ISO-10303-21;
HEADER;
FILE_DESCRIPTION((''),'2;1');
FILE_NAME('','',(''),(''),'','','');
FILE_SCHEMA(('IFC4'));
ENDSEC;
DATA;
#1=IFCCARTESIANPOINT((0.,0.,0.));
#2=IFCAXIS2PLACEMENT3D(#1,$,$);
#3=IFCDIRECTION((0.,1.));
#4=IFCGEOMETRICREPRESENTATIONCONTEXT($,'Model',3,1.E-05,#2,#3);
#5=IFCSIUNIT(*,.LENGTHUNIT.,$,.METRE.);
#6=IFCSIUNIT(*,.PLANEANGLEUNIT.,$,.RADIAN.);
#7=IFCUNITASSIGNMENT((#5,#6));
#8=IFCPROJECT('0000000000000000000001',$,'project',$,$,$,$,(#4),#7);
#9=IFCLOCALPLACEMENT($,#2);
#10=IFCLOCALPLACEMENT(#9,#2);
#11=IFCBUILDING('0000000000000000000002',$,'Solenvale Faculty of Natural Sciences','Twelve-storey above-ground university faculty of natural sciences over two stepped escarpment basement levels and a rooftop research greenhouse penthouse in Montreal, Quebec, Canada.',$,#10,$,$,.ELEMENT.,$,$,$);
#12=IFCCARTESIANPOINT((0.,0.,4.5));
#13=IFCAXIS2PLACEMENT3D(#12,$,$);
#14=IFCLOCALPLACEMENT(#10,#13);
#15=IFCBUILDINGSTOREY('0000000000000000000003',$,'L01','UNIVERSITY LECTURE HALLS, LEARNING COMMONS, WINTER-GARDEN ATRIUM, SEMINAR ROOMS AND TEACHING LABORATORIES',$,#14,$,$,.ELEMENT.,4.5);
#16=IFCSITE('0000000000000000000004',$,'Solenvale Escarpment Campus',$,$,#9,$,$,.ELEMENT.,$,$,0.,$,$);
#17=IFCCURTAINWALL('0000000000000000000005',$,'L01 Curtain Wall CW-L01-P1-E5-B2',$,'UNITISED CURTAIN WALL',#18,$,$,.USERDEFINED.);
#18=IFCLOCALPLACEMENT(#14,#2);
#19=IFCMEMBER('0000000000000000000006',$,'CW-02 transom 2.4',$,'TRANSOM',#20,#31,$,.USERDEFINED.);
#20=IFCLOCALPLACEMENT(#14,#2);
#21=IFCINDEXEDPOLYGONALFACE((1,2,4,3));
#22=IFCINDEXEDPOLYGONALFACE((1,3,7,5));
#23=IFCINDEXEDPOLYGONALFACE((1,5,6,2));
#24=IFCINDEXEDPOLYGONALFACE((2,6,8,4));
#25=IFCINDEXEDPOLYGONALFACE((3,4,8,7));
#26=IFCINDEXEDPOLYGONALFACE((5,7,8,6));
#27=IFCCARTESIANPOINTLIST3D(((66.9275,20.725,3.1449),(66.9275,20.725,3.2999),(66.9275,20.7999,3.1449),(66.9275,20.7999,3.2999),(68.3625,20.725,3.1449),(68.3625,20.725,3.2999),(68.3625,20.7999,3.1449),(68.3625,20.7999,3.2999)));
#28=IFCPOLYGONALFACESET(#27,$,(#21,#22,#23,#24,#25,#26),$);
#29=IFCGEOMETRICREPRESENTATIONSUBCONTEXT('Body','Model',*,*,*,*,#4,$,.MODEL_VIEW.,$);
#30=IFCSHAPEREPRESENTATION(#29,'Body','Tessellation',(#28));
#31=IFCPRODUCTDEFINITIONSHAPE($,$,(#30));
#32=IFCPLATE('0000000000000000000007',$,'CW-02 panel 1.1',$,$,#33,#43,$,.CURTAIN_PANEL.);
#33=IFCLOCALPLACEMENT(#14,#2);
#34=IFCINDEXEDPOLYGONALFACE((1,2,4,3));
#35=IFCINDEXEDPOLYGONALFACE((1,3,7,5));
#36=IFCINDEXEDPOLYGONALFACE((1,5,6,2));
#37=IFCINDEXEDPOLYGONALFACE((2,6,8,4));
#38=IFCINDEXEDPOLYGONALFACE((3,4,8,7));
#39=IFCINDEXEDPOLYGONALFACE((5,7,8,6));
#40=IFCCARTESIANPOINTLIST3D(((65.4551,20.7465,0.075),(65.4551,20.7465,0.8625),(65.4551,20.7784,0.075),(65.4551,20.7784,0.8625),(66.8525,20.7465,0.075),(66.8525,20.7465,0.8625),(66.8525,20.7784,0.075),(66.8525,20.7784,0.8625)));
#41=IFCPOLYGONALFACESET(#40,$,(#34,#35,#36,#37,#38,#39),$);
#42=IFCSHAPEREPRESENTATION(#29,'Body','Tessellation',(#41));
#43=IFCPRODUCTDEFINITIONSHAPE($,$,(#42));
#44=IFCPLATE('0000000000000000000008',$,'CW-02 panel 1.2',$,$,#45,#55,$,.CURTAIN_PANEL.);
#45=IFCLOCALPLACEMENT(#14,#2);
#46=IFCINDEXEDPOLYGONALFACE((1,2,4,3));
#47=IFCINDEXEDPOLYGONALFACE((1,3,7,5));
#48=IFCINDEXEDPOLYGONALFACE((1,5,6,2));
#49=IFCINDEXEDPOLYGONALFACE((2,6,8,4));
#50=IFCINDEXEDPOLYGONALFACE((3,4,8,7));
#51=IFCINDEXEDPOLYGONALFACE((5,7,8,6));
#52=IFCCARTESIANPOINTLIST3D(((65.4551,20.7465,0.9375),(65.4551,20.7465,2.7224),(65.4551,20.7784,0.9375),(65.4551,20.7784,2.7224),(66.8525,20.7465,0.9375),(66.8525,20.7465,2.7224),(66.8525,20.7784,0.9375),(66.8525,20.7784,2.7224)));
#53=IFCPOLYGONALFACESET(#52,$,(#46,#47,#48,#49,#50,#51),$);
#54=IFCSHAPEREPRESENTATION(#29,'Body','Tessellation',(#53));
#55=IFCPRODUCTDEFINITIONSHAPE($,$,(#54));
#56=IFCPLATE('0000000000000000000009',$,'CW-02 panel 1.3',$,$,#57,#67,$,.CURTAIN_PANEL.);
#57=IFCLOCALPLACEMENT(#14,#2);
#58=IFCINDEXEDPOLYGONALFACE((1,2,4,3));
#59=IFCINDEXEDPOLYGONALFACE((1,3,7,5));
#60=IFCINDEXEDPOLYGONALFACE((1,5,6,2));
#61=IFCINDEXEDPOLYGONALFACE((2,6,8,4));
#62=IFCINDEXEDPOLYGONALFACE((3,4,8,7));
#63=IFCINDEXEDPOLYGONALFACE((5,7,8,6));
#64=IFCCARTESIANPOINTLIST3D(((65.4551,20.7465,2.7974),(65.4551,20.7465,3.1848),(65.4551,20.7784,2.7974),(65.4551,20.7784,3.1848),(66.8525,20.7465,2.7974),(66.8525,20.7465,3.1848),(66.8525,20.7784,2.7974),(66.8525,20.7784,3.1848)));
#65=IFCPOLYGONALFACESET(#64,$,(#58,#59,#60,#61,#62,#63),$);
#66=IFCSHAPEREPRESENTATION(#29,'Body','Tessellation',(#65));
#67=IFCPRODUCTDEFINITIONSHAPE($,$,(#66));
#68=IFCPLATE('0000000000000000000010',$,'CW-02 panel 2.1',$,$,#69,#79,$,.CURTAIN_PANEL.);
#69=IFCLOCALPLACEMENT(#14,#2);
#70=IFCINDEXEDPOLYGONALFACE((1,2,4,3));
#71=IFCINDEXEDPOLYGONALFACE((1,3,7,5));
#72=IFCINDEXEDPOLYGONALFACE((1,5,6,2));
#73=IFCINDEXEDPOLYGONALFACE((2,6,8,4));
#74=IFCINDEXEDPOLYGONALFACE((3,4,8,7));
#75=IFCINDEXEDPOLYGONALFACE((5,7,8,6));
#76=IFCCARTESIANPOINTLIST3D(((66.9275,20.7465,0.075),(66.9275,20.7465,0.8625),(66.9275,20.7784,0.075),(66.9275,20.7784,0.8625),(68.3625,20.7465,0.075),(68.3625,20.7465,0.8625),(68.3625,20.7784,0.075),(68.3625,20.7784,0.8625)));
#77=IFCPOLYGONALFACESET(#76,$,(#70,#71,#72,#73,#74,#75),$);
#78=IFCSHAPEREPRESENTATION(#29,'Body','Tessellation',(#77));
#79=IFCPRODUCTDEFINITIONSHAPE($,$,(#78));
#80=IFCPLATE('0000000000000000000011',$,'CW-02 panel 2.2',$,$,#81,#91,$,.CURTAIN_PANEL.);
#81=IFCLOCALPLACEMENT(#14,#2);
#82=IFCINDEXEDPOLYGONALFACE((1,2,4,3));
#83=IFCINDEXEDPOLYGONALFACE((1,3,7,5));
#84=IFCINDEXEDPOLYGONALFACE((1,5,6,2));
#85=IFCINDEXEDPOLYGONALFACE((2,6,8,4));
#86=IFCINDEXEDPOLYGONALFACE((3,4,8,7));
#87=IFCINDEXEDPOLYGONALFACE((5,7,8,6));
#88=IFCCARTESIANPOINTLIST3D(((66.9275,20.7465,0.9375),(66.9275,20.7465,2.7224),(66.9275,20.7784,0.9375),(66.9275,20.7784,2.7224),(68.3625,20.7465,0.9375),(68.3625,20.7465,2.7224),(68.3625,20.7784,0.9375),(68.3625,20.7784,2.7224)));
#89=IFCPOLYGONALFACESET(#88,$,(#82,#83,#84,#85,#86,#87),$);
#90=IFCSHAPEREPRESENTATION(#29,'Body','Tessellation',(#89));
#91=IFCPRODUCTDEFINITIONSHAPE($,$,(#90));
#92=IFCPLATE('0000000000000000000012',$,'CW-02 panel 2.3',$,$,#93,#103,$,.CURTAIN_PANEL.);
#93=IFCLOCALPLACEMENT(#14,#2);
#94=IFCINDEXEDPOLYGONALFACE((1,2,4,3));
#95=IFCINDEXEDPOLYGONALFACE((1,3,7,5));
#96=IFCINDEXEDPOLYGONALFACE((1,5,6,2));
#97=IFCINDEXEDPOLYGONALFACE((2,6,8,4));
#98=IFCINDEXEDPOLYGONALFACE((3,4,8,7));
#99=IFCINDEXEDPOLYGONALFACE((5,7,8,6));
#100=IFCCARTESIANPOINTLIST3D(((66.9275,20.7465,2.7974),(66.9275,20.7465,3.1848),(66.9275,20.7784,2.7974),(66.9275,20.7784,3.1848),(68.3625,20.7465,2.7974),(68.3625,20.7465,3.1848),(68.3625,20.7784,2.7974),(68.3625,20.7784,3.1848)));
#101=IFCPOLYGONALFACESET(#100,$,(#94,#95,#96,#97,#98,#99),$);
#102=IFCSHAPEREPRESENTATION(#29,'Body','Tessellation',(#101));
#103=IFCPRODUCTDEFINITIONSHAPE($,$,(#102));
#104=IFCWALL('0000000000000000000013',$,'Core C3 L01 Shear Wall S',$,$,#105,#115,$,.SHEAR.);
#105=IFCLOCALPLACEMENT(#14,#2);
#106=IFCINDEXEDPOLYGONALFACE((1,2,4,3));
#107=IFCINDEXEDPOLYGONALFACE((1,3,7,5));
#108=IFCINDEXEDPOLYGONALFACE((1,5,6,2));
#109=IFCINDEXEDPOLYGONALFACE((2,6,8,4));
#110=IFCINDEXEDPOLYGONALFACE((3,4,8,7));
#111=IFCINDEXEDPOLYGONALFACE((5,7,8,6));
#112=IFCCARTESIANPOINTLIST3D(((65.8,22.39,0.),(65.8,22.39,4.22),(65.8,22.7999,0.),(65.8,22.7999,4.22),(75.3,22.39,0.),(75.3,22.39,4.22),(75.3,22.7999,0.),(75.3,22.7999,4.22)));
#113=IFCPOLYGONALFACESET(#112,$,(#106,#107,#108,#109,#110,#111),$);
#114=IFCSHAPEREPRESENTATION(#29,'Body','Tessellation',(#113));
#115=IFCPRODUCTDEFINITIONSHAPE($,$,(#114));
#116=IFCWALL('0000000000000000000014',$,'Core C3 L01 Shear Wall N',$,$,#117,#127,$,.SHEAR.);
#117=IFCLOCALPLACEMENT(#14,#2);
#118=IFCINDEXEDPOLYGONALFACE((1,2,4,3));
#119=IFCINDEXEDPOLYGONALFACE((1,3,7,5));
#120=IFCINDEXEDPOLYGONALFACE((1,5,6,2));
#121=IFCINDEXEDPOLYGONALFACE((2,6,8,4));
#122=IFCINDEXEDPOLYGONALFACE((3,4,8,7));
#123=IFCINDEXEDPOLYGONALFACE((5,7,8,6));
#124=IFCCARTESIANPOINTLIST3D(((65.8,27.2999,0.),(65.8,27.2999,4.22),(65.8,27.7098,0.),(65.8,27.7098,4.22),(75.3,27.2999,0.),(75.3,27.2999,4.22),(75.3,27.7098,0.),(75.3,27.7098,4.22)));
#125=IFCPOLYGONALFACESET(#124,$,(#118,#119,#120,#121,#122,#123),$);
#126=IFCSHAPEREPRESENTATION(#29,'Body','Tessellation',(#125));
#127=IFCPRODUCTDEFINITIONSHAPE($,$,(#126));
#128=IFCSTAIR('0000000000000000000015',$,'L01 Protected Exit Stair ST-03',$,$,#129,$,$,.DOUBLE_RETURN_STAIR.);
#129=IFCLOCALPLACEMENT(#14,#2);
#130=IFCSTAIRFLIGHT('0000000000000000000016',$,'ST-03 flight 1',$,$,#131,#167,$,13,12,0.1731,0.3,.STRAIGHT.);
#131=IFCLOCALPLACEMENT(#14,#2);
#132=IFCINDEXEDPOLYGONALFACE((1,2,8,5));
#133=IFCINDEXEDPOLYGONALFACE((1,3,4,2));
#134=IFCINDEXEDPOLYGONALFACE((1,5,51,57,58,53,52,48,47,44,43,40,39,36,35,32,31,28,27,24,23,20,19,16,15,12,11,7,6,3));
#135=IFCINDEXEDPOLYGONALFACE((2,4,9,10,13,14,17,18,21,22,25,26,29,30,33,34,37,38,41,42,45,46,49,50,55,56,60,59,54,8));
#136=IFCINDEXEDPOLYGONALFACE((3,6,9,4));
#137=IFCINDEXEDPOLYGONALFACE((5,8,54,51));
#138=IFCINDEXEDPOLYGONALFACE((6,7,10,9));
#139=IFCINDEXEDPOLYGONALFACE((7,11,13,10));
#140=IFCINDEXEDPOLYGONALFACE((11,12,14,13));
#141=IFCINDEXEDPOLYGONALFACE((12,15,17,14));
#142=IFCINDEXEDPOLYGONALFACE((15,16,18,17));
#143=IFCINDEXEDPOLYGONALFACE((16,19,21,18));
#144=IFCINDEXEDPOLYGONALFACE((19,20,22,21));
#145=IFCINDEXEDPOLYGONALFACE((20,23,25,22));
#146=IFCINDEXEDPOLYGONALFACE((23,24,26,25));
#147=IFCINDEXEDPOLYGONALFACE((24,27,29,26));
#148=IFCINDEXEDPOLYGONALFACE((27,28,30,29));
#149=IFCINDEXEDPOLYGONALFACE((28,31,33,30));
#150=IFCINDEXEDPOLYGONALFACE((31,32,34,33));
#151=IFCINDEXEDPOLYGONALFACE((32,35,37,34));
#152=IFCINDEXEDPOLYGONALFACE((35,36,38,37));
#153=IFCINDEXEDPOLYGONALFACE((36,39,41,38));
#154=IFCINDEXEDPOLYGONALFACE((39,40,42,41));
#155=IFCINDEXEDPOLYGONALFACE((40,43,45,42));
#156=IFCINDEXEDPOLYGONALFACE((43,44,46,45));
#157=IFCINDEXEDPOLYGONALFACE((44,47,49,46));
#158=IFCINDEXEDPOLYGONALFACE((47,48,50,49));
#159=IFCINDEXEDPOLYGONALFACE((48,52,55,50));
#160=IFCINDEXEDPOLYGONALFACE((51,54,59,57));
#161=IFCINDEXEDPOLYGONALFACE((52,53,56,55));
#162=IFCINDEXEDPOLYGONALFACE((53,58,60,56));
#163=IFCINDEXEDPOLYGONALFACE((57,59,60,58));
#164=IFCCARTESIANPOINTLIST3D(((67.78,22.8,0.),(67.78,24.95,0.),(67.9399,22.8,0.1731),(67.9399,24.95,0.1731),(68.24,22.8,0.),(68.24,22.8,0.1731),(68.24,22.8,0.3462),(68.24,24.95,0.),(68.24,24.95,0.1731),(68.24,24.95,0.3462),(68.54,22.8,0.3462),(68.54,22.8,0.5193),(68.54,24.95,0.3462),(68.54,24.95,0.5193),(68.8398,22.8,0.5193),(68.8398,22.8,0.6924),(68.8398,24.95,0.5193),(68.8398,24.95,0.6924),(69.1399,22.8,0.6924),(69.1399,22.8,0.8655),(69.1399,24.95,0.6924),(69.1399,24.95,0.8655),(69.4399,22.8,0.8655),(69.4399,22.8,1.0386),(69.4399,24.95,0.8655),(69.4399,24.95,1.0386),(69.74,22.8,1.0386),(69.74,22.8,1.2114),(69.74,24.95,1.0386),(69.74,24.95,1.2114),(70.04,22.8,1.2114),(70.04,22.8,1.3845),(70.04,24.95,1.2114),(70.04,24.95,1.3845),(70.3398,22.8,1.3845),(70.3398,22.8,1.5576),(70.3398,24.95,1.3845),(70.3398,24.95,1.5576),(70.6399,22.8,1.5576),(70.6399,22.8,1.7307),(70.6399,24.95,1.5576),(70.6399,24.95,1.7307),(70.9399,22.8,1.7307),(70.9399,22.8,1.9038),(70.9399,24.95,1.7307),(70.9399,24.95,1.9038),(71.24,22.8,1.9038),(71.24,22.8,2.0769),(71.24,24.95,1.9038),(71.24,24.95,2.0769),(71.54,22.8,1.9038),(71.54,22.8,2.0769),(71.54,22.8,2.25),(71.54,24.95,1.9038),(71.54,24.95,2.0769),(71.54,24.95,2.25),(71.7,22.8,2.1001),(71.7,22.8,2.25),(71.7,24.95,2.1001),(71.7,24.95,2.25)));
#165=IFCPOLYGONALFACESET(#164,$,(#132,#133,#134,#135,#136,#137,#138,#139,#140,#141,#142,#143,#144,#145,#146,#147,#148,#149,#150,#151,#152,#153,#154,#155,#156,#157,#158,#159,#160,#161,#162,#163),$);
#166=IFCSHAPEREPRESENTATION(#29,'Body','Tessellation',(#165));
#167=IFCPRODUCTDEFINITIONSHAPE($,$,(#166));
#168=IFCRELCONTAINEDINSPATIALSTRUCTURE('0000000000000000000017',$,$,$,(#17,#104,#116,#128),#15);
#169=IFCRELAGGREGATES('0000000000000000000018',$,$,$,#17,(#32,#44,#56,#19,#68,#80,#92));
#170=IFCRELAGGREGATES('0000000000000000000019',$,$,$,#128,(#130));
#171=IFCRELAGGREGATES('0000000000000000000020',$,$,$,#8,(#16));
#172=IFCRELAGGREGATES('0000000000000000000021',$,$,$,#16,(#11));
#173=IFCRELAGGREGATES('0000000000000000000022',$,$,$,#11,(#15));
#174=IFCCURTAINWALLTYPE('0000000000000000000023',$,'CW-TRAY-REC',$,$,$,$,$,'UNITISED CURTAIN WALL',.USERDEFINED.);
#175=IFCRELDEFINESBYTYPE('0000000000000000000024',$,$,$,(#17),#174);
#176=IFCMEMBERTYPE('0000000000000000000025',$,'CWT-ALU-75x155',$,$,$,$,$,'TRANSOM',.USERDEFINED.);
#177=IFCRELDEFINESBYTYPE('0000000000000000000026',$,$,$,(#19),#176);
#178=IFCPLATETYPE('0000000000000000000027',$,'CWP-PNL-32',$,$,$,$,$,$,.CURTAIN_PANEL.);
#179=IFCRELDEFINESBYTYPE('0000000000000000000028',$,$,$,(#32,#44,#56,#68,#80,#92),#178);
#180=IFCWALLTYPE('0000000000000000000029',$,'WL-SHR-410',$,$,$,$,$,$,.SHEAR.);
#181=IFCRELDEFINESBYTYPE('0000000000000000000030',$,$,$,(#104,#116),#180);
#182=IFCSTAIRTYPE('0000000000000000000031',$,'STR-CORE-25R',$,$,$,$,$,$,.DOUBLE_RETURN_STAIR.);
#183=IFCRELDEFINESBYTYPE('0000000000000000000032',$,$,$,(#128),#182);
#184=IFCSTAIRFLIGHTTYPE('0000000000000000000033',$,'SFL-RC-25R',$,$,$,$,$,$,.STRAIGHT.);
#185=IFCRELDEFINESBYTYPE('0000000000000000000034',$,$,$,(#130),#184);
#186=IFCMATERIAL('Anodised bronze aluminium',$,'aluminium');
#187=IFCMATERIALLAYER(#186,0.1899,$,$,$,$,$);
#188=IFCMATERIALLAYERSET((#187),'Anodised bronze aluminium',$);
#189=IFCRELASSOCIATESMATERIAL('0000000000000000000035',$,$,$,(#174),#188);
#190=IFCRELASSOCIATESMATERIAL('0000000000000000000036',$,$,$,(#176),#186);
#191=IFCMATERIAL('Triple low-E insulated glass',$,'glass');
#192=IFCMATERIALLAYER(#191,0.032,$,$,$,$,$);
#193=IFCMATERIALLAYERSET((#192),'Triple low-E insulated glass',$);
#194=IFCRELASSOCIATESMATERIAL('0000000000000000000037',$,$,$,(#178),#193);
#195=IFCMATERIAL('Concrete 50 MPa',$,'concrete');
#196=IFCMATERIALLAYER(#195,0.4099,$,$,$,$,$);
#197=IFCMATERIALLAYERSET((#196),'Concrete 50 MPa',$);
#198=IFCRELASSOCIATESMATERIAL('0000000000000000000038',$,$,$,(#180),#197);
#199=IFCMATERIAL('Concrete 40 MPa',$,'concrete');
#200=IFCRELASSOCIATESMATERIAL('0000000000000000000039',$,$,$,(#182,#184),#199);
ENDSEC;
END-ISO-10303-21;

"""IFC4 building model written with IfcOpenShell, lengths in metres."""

from ifc_helpers import new_model, si_unit, direction, frame, frame_2d, origin, origin_2d, place, context, subcontext, project, spatial, polyline, rectangle, outline, extrude, material, layer, layer_set, material_profile, profile_set, type_object, element, aggregate, save


model = new_model("IFC4")

# Units and contexts
model_context = context("Model", 3, precision=1e-05, world=origin(), true_north=direction((0.0, 1.0)))
body_context = subcontext(model_context, "Body", "Model", "MODEL_VIEW")
ifc_project = project(units=[si_unit("LENGTHUNIT", "METRE"), si_unit("PLANEANGLEUNIT", "RADIAN")], contexts=[model_context])

# Site, building, storey
site_placement = place(None, origin())
site = spatial("IfcSite", under=ifc_project, at=site_placement, Name="Solenvale Escarpment Campus", CompositionType="ELEMENT", RefElevation=0.0)
building_placement = place(site_placement, origin())
building = spatial("IfcBuilding", under=site, at=building_placement, Name="Solenvale Faculty of Natural Sciences", Description="Twelve-storey above-ground university faculty of natural sciences over two stepped escarpment basement levels and a rooftop research greenhouse penthouse in Montreal, Quebec, Canada.", CompositionType="ELEMENT")
storey_placement = place(building_placement, frame((0.0, 0.0, 4.5)))
storey = spatial("IfcBuildingStorey", under=building, at=storey_placement, Name="L01", Description="UNIVERSITY LECTURE HALLS, LEARNING COMMONS, WINTER-GARDEN ATRIUM, SEMINAR ROOMS AND TEACHING LABORATORIES", CompositionType="ELEMENT", Elevation=4.5)

# Shared definitions
ifc_material_1 = material(Name="Concrete 50 MPa", Category="concrete")

# Shared definitions
ifc_material_2 = material(Name="Concrete 40 MPa", Category="concrete")

# Curtain wall, member, plates
ifc_material_3 = material(Name="Anodised bronze aluminium", Category="aluminium")
ifc_layer_1 = layer(ifc_material_3, 0.1899)
ifc_layer_set_1 = layer_set([ifc_layer_1], Name="Anodised bronze aluminium")
curtain_wall_type = type_object("IfcCurtainWallType", Name="CW-TRAY-REC", ElementType="UNITISED CURTAIN WALL", PredefinedType="USERDEFINED", material=ifc_layer_set_1)
curtain_wall_placement = place(storey_placement, origin())
curtain_wall = element("IfcCurtainWall", 1, at=curtain_wall_placement, inside=storey, type_object=curtain_wall_type, Name="L01 Curtain Wall CW-L01-P1-E5-B2", ObjectType="UNITISED CURTAIN WALL", PredefinedType="USERDEFINED")
ifc_material_profile_1 = material_profile(ifc_material_3, rectangle(XDim=0.075, YDim=0.155, at=origin_2d()), Name="ALU-TRN-75x155")
ifc_profile_set_1 = profile_set([ifc_material_profile_1], Name="Anodised bronze aluminium")
member_type_1 = type_object("IfcMemberType", Name="CWT-ALU-75x155", ElementType="TRANSOM", PredefinedType="USERDEFINED", material=ifc_profile_set_1)
member_1_placement = place(storey_placement, frame((66.9275, 20.7625, 3.2224), z_axis=(1.0, 0.0, 0.0), x_axis=(0.0, 1.0, 0.0)))
member_1 = element("IfcMember", 2, at=member_1_placement, type_object=member_type_1, Name="CW-02 transom 2.4", ObjectType="TRANSOM", PredefinedType="USERDEFINED", context=body_context, shape_type="SweptSolid", body=[
    extrude(rectangle(XDim=0.075, YDim=0.155, at=origin_2d()), origin(), (0.0, 0.0, 1.0), 1.4351),
])
ifc_material_4 = material(Name="Triple low-E insulated glass", Category="glass")
ifc_layer_2 = layer(ifc_material_4, 0.032)
ifc_layer_set_2 = layer_set([ifc_layer_2], Name="Triple low-E insulated glass")
plate_type = type_object("IfcPlateType", Name="CWP-PNL-32", PredefinedType="CURTAIN_PANEL", material=ifc_layer_set_2)
plate_1_placement = place(storey_placement, frame((66.1538, 20.7625, 0.075), z_axis=(0.0, 0.0, 1.0), x_axis=(1.0, 0.0, 0.0)))
plate_1 = element("IfcPlate", 3, at=plate_1_placement, type_object=plate_type, Name="CW-02 panel 1.1", PredefinedType="CURTAIN_PANEL", context=body_context, shape_type="SweptSolid", body=[
    extrude(rectangle(XDim=1.3975, YDim=0.032, at=origin_2d()), origin(), (0.0, 0.0, 1.0), 0.7876),
])
plate_2_placement = place(storey_placement, frame((66.1538, 20.7625, 0.9375), z_axis=(0.0, 0.0, 1.0), x_axis=(1.0, 0.0, 0.0)))
plate_2 = element("IfcPlate", 4, at=plate_2_placement, type_object=plate_type, Name="CW-02 panel 1.2", PredefinedType="CURTAIN_PANEL", context=body_context, shape_type="SweptSolid", body=[
    extrude(rectangle(XDim=1.3975, YDim=0.032, at=origin_2d()), origin(), (0.0, 0.0, 1.0), 1.7849),
])
plate_3_placement = place(storey_placement, frame((66.1538, 20.7625, 2.7974), z_axis=(0.0, 0.0, 1.0), x_axis=(1.0, 0.0, 0.0)))
plate_3 = element("IfcPlate", 5, at=plate_3_placement, type_object=plate_type, Name="CW-02 panel 1.3", PredefinedType="CURTAIN_PANEL", context=body_context, shape_type="SweptSolid", body=[
    extrude(rectangle(XDim=1.3975, YDim=0.032, at=origin_2d()), origin(), (0.0, 0.0, 1.0), 0.3875),
])
plate_4_placement = place(storey_placement, frame((67.645, 20.7625, 0.075), z_axis=(0.0, 0.0, 1.0), x_axis=(1.0, 0.0, 0.0)))
plate_4 = element("IfcPlate", 6, at=plate_4_placement, type_object=plate_type, Name="CW-02 panel 2.1", PredefinedType="CURTAIN_PANEL", context=body_context, shape_type="SweptSolid", body=[
    extrude(rectangle(XDim=1.4351, YDim=0.032, at=origin_2d()), origin(), (0.0, 0.0, 1.0), 0.7876),
])
plate_5_placement = place(storey_placement, frame((67.645, 20.7625, 0.9375), z_axis=(0.0, 0.0, 1.0), x_axis=(1.0, 0.0, 0.0)))
plate_5 = element("IfcPlate", 7, at=plate_5_placement, type_object=plate_type, Name="CW-02 panel 2.2", PredefinedType="CURTAIN_PANEL", context=body_context, shape_type="SweptSolid", body=[
    extrude(rectangle(XDim=1.4351, YDim=0.032, at=origin_2d()), origin(), (0.0, 0.0, 1.0), 1.7849),
])
plate_6_placement = place(storey_placement, frame((67.645, 20.7625, 2.7974), z_axis=(0.0, 0.0, 1.0), x_axis=(1.0, 0.0, 0.0)))
plate_6 = element("IfcPlate", 8, at=plate_6_placement, type_object=plate_type, Name="CW-02 panel 2.3", PredefinedType="CURTAIN_PANEL", context=body_context, shape_type="SweptSolid", body=[
    extrude(rectangle(XDim=1.4351, YDim=0.032, at=origin_2d()), origin(), (0.0, 0.0, 1.0), 0.3875),
])
aggregate(curtain_wall, [plate_1, plate_2, plate_3, member_1, plate_4, plate_5, plate_6])

# Walls
ifc_layer_3 = layer(ifc_material_1, 0.4099)
ifc_layer_set_3 = layer_set([ifc_layer_3], Name="Concrete 50 MPa")
wall_type = type_object("IfcWallType", Name="WL-SHR-410", PredefinedType="SHEAR", material=ifc_layer_set_3)
for number, where, z_axis, x_axis, name in (
    (9, (65.8, 22.595, 0.0), (0.0, 0.0, 1.0), (1.0, 0.0, 0.0), "Core C3 L01 Shear Wall S"),
    (10, (65.8, 27.5049, 0.0), (0.0, 0.0, 1.0), (1.0, 0.0, 0.0), "Core C3 L01 Shear Wall N"),
):
    element("IfcWall", number, at=place(storey_placement, frame(where, z_axis=z_axis, x_axis=x_axis)), inside=storey, type_object=wall_type, Name=name, PredefinedType="SHEAR", context=body_context, shape_type="SweptSolid", body=[
        extrude(rectangle(XDim=9.5, YDim=0.4099, at=frame_2d((4.75, 0.0))), origin(), (0.0, 0.0, 1.0), 4.22),
    ])

# Stair, stair flight
stair_type = type_object("IfcStairType", Name="STR-CORE-25R", PredefinedType="DOUBLE_RETURN_STAIR", material=ifc_material_2)
stair_placement = place(storey_placement, origin())
stair = element("IfcStair", 11, at=stair_placement, inside=storey, type_object=stair_type, Name="L01 Protected Exit Stair ST-03", PredefinedType="DOUBLE_RETURN_STAIR")
stair_flight_type = type_object("IfcStairFlightType", Name="SFL-RC-25R", PredefinedType="STRAIGHT", material=ifc_material_2)
stair_flight_placement = place(storey_placement, frame((67.9399, 23.875, 0.0), z_axis=(0.0, 0.0, 1.0), x_axis=(1.0, 0.0, 0.0)))
stair_flight = element("IfcStairFlight", 12, at=stair_flight_placement, type_object=stair_flight_type, Name="ST-03 flight 1", NumberOfRisers=13, NumberOfTreads=12, PredefinedType="STRAIGHT", RiserHeight=0.1731, TreadLength=0.3, context=body_context, shape_type="SweptSolid", body=[
    extrude(outline(polyline([(-0.1599, 0.0), (0.0, 0.1731), (0.3, 0.1731), (0.3, 0.3462), (0.6001, 0.3462), (0.6001, 0.5193), (0.8999, 0.5193), (0.8999, 0.6924), (1.2, 0.6924), (1.2, 0.8655), (1.5, 0.8655), (1.5, 1.0386), (1.8, 1.0386), (1.8, 1.2114), (2.1001, 1.2114), (2.1001, 1.3845), (2.3999, 1.3845), (2.3999, 1.5576), (2.7, 1.5576), (2.7, 1.7307), (3.0, 1.7307), (3.0, 1.9038), (3.3, 1.9038), (3.3, 2.0769), (3.6001, 2.0769), (3.6001, 2.25), (3.76, 2.25), (3.76, 2.1001), (3.6001, 1.9038), (0.3, 0.0), (-0.1599, 0.0)])), frame((0.0, 1.075, 0.0), z_axis=(0.0, -1.0, 0.0), x_axis=(1.0, 0.0, 0.0)), (0.0, 0.0, 1.0), 2.1499),
])
aggregate(stair, [stair_flight])

save(model, "model.ifc")
